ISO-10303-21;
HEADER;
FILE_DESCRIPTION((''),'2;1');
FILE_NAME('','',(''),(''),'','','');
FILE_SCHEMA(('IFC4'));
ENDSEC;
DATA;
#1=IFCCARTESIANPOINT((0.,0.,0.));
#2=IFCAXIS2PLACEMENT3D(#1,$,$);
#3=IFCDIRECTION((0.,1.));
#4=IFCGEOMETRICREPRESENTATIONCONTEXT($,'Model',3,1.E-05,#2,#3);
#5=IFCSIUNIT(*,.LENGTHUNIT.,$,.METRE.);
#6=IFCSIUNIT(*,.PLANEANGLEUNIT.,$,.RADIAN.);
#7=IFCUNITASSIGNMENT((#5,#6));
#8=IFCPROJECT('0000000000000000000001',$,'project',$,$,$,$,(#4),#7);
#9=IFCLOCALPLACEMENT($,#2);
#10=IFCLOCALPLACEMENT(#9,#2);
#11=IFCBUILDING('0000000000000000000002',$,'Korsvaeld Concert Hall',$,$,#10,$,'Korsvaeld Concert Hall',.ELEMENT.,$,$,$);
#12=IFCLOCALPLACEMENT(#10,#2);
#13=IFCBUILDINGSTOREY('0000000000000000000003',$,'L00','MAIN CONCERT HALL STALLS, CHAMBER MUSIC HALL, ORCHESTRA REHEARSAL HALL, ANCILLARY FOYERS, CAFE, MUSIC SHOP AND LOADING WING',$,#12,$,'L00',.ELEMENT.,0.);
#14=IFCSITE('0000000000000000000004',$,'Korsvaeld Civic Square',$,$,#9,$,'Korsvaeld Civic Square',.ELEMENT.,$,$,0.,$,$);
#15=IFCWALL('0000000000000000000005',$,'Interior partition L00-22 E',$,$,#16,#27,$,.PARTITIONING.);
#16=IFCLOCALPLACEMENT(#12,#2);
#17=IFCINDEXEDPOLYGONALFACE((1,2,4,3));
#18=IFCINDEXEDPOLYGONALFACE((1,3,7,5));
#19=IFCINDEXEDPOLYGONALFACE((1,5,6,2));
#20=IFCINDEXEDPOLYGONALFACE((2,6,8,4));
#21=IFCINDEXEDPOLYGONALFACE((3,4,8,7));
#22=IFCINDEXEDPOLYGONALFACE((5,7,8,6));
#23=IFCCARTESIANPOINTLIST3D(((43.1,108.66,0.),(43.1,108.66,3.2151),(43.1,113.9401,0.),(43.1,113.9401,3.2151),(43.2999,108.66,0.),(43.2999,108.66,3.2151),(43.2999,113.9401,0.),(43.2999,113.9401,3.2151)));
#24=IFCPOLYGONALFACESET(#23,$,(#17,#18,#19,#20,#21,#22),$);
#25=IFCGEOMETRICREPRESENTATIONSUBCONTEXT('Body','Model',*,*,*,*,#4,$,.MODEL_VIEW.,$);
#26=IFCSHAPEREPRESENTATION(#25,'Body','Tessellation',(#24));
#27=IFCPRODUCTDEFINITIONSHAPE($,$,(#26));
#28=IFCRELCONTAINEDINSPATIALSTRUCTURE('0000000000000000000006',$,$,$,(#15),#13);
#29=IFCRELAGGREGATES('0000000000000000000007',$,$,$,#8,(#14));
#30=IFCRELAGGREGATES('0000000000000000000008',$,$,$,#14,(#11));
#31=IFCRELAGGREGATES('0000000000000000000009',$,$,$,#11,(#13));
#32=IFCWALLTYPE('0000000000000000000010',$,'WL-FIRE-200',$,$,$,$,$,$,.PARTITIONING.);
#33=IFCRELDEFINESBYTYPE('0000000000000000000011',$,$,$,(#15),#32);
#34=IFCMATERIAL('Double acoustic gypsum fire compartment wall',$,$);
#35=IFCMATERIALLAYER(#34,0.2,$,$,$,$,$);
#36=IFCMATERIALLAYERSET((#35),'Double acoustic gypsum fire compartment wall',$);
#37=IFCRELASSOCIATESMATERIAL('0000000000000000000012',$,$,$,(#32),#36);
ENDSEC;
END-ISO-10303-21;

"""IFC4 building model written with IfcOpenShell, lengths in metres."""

from ifc_helpers import new_model, si_unit, direction, frame, frame_2d, origin, place, context, subcontext, project, spatial, rectangle, extrude, material, layer, layer_set, type_object, element, save


model = new_model("IFC4")

# Units and contexts
model_context = context("Model", 3, precision=1e-05, world=origin(), true_north=direction((0.0, 1.0)))
body_context = subcontext(model_context, "Body", "Model", "MODEL_VIEW")
ifc_project = project(units=[si_unit("LENGTHUNIT", "METRE"), si_unit("PLANEANGLEUNIT", "RADIAN")], contexts=[model_context])

# Site, building, storey
site_placement = place(None, origin())
site = spatial("IfcSite", under=ifc_project, at=site_placement, Name="Korsvaeld Civic Square", LongName="Korsvaeld Civic Square", CompositionType="ELEMENT", RefElevation=0.0)
building_placement = place(site_placement, origin())
building = spatial("IfcBuilding", under=site, at=building_placement, Name="Korsvaeld Concert Hall", LongName="Korsvaeld Concert Hall", CompositionType="ELEMENT")
storey_placement = place(building_placement, origin())
storey = spatial("IfcBuildingStorey", under=building, at=storey_placement, Name="L00", Description="MAIN CONCERT HALL STALLS, CHAMBER MUSIC HALL, ORCHESTRA REHEARSAL HALL, ANCILLARY FOYERS, CAFE, MUSIC SHOP AND LOADING WING", LongName="L00", CompositionType="ELEMENT", Elevation=0.0)

# Shared definitions
ifc_material_1 = material(Name="Double acoustic gypsum fire compartment wall")
ifc_layer_1 = layer(ifc_material_1, 0.2)
ifc_layer_set_1 = layer_set([ifc_layer_1], Name="Double acoustic gypsum fire compartment wall")
wall_type_1 = type_object("IfcWallType", Name="WL-FIRE-200", PredefinedType="PARTITIONING", material=ifc_layer_set_1)

# Wall
wall_1_placement = place(storey_placement, frame((43.2, 108.6599, 0.0), z_axis=(0.0, 0.0, 1.0), x_axis=(0.0, 1.0, 0.0)))
element("IfcWall", 1, at=wall_1_placement, inside=storey, type_object=wall_type_1, Name="Interior partition L00-22 E", PredefinedType="PARTITIONING", context=body_context, shape_type="SweptSolid", body=[
    extrude(rectangle(XDim=5.28, YDim=0.2, at=frame_2d((2.6401, 0.0))), origin(), (0.0, 0.0, 1.0), 3.2151),
])

save(model, "model.ifc")
